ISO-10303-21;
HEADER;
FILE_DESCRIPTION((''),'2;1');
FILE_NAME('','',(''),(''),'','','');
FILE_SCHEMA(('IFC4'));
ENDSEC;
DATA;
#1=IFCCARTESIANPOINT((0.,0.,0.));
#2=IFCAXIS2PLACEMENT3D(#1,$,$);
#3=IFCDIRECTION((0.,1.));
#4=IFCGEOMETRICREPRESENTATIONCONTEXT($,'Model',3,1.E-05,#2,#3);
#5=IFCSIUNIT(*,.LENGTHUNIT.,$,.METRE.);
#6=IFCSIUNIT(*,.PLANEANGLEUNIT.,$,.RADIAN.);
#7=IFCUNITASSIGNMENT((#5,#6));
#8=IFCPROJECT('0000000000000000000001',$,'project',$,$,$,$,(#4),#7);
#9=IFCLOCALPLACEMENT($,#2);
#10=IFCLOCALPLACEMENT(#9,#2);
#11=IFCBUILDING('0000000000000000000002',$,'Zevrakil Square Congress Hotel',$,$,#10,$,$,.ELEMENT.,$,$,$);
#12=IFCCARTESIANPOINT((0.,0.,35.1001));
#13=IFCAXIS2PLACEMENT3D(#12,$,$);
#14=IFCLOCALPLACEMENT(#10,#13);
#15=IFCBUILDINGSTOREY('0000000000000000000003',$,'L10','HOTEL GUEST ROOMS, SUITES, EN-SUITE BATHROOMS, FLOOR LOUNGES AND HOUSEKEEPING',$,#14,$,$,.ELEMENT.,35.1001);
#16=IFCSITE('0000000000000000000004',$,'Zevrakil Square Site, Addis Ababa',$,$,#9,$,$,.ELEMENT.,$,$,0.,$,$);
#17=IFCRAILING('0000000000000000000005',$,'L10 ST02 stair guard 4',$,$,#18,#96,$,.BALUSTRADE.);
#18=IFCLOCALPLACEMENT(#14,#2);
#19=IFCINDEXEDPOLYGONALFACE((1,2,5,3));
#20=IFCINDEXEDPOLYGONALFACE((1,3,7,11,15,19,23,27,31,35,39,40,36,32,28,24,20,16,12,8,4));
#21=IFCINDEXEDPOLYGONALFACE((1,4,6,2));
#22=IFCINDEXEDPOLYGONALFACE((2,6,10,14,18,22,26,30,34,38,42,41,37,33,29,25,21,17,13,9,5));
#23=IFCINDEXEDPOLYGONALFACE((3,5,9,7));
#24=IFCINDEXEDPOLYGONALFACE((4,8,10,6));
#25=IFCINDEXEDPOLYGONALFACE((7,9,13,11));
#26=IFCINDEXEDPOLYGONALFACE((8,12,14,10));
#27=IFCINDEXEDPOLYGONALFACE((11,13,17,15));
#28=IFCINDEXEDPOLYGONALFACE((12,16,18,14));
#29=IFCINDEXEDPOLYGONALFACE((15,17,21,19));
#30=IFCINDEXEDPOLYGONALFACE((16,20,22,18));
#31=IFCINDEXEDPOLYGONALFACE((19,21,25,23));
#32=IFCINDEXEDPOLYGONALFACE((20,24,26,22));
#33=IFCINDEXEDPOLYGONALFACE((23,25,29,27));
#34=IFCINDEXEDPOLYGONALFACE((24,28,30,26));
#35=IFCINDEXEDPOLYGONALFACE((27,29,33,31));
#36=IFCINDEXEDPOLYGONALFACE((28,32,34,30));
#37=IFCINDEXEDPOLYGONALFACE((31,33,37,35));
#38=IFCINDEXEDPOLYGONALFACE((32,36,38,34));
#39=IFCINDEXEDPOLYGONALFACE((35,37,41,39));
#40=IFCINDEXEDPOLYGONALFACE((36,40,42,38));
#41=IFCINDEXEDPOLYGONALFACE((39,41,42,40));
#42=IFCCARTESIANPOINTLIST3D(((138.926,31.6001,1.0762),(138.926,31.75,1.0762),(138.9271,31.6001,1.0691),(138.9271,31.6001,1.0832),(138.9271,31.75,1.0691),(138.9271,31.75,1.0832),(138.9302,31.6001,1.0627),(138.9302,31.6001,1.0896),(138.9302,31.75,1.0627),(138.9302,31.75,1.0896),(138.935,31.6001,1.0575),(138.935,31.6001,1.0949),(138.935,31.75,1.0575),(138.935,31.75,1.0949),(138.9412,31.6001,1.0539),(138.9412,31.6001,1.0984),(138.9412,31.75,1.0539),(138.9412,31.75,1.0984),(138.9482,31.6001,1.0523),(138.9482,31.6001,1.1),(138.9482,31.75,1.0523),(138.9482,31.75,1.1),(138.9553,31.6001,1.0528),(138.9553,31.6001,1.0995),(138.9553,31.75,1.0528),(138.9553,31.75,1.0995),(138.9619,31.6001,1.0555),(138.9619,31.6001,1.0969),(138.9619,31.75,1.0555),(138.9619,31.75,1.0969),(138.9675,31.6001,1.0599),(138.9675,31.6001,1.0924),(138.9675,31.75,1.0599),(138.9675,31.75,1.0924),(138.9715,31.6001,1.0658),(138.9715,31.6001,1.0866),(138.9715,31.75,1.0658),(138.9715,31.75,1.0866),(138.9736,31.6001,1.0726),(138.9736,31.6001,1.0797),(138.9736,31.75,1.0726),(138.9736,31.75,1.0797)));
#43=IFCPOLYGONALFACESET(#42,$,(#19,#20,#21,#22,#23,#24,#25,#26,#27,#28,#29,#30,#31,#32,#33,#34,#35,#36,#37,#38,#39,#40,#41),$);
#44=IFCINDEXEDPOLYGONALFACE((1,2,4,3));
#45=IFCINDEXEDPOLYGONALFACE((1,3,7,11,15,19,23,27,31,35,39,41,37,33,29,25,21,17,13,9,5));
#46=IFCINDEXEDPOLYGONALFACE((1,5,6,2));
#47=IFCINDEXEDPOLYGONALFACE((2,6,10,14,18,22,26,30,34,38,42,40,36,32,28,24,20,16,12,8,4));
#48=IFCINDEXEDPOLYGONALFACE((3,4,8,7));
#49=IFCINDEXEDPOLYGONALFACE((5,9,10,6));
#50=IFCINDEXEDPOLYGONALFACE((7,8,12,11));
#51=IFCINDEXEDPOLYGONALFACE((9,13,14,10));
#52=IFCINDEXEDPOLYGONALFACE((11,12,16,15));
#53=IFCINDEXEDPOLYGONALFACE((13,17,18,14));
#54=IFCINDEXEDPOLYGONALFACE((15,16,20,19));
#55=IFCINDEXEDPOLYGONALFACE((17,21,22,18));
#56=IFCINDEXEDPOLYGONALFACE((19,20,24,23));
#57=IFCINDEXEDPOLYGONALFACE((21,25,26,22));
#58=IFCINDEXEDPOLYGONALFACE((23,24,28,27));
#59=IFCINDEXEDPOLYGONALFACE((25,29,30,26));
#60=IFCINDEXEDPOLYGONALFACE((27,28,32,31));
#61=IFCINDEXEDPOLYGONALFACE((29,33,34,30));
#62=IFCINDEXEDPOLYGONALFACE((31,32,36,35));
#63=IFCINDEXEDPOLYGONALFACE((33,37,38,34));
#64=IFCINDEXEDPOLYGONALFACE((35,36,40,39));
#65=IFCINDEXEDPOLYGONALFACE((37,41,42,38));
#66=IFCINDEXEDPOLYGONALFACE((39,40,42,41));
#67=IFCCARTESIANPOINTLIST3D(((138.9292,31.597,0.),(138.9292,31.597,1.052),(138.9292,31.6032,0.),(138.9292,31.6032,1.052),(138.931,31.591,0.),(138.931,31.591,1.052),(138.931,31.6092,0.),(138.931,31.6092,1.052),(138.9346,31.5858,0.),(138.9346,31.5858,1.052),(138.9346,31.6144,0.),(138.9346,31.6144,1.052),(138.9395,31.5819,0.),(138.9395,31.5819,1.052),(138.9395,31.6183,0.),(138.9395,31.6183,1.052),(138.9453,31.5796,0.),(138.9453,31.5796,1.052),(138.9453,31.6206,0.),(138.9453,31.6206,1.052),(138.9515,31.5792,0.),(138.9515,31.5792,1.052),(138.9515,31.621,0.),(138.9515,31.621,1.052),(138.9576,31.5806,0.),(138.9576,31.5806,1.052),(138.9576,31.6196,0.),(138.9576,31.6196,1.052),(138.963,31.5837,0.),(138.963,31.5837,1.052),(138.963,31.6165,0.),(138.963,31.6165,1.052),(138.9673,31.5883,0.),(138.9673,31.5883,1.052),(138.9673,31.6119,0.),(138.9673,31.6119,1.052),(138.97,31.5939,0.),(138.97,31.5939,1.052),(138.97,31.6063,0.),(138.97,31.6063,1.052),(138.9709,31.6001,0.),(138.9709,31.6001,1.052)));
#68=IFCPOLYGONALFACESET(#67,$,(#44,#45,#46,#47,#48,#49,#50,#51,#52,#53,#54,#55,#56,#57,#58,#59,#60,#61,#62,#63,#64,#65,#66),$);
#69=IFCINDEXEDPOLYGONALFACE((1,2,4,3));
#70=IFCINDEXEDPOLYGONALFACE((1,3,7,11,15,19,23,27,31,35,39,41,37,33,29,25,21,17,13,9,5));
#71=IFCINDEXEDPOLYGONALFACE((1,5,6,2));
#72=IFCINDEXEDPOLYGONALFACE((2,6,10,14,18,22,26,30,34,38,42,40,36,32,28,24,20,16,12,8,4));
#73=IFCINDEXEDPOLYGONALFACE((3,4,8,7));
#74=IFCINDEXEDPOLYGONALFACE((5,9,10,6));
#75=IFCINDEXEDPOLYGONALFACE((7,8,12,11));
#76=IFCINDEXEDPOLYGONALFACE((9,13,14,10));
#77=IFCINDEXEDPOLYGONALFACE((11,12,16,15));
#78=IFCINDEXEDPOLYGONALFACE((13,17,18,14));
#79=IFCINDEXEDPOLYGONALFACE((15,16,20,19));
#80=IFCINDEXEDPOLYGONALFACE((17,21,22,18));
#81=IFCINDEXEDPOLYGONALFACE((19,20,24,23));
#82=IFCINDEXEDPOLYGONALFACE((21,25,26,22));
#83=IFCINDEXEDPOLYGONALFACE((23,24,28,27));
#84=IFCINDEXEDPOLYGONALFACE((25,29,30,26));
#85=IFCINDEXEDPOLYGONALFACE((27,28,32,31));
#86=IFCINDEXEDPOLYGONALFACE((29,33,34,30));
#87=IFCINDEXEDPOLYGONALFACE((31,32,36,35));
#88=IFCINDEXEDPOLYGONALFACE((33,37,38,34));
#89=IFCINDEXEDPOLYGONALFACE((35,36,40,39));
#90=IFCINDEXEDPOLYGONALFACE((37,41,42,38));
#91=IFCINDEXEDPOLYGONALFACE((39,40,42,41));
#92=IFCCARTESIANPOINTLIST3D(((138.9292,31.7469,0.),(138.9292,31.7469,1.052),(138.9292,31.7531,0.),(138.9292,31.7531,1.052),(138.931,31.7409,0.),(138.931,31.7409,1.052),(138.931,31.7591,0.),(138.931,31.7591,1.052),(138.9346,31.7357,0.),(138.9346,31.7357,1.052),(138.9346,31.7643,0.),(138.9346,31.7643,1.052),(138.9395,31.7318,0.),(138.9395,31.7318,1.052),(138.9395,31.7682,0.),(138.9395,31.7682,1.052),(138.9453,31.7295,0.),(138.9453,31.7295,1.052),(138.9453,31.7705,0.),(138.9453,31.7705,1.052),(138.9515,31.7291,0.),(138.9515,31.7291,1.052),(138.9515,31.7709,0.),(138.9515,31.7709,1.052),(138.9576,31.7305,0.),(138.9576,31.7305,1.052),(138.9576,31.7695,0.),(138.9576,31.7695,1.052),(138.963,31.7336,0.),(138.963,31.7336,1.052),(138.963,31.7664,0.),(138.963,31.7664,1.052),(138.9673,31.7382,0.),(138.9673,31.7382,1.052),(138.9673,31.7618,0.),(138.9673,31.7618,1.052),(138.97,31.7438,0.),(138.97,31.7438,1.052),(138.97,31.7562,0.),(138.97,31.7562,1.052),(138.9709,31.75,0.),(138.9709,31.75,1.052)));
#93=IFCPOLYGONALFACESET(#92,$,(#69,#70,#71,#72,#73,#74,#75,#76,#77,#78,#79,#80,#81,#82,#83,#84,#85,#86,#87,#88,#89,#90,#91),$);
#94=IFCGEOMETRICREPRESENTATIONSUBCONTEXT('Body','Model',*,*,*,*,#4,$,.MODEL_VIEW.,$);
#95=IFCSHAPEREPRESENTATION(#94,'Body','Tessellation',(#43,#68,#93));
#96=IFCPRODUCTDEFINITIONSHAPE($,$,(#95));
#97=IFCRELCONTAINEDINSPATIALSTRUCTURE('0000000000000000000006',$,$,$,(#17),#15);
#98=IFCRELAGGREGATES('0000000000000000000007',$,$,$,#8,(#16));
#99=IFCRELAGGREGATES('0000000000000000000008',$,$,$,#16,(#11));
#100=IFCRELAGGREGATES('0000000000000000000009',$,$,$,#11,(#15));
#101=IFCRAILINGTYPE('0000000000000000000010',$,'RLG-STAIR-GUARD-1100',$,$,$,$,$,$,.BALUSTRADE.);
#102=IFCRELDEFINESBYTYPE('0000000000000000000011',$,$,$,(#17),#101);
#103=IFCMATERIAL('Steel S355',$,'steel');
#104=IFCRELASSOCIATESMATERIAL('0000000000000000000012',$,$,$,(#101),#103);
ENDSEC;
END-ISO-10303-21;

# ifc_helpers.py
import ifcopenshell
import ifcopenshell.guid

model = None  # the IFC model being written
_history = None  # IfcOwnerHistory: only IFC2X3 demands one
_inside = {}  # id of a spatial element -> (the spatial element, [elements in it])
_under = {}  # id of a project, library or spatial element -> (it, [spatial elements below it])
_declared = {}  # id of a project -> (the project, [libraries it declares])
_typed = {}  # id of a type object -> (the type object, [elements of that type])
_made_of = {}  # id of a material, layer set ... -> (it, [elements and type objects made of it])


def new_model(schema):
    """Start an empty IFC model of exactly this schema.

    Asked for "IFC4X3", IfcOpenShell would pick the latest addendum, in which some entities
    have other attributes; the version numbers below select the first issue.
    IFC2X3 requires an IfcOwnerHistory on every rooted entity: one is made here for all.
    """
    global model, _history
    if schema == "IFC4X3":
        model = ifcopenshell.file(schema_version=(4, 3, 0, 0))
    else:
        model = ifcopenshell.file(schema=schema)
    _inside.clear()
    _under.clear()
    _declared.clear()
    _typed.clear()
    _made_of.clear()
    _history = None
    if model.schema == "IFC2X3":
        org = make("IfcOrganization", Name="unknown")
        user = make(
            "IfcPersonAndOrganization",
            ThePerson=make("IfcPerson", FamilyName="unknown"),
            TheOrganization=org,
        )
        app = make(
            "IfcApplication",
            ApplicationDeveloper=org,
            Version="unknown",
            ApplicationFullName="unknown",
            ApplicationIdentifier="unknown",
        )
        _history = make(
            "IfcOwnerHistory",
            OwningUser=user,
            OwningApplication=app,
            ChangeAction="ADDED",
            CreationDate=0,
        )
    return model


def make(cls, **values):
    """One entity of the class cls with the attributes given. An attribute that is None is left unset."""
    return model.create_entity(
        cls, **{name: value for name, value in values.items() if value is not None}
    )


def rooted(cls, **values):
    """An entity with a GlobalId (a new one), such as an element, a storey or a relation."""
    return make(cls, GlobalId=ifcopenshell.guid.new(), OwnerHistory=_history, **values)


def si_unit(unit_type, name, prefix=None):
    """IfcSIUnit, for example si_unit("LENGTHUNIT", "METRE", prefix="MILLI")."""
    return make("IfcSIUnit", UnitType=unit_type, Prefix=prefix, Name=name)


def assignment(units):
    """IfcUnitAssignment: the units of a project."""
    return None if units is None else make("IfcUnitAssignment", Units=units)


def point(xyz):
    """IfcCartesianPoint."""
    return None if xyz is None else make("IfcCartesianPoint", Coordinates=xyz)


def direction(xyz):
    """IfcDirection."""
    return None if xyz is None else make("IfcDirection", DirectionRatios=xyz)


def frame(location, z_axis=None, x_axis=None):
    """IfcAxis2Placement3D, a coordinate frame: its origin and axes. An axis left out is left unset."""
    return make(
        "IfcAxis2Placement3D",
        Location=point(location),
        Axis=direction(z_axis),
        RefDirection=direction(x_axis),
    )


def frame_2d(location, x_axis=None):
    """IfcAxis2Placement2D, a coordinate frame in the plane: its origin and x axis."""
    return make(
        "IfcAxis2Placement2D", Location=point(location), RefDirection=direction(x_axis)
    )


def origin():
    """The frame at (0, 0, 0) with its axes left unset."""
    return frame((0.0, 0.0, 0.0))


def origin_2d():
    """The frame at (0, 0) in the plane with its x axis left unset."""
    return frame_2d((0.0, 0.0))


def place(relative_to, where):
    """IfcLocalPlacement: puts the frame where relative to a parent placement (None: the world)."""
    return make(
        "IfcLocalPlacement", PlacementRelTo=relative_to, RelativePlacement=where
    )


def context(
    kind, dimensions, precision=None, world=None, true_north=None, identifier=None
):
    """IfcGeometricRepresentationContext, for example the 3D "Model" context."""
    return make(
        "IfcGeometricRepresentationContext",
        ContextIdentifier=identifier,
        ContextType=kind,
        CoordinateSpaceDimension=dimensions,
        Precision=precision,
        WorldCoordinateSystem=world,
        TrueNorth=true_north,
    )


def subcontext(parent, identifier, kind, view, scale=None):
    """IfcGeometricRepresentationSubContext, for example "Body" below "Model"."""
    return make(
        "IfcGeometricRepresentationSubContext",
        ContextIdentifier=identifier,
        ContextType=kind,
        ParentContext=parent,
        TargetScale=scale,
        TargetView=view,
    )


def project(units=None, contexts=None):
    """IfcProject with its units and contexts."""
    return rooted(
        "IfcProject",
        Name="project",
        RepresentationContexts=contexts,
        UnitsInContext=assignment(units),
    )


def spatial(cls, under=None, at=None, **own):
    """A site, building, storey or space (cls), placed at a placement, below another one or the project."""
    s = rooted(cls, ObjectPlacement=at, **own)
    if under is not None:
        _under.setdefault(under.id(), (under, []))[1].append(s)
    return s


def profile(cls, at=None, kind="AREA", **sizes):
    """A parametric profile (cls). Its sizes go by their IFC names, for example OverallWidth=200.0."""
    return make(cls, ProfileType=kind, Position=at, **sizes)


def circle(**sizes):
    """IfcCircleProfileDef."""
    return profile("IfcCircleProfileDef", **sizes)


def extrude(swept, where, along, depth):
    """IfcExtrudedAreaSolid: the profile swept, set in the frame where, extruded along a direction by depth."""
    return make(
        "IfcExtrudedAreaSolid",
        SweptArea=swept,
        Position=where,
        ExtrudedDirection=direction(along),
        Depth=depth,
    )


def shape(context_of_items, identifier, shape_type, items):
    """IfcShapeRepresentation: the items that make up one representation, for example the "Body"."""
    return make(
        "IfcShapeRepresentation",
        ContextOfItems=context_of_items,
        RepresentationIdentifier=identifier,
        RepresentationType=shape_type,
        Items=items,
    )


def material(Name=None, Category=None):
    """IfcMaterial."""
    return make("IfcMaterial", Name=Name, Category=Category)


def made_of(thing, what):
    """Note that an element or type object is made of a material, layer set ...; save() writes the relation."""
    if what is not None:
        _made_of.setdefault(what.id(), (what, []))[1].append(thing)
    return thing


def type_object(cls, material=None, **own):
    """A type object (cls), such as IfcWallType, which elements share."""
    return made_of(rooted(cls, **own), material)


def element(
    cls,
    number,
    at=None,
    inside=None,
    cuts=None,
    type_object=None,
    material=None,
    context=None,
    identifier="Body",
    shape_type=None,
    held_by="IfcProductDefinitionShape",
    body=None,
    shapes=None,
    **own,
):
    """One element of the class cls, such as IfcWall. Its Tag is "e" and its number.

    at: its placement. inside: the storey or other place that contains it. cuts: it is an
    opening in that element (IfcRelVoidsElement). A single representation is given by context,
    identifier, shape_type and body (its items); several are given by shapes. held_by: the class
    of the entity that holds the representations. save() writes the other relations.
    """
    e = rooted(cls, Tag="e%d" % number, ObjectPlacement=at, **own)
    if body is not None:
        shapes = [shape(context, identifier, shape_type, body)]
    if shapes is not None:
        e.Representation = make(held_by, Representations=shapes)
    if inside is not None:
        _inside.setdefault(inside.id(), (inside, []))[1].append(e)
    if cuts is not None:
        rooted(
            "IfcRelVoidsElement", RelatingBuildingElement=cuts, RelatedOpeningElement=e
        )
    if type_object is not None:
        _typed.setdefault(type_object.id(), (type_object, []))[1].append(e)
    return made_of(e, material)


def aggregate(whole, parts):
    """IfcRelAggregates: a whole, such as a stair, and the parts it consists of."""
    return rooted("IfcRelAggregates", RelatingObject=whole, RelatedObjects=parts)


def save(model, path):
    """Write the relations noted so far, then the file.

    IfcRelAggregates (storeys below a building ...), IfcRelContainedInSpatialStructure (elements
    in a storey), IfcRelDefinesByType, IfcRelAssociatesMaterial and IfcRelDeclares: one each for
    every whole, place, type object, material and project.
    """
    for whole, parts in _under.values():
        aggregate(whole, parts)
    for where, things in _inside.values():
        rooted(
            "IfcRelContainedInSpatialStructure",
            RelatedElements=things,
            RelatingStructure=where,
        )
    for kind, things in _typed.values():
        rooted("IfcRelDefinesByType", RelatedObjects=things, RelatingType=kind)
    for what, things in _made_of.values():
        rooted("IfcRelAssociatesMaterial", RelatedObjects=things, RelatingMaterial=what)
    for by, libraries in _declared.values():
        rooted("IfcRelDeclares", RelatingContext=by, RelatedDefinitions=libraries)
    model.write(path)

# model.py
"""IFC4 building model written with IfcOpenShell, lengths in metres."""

from ifc_helpers import new_model, si_unit, direction, frame, origin, origin_2d, place, context, subcontext, project, spatial, circle, extrude, material, type_object, element, save


model = new_model("IFC4")

# Units and contexts
model_context = context("Model", 3, precision=1e-05, world=origin(), true_north=direction((0.0, 1.0)))
body_context = subcontext(model_context, "Body", "Model", "MODEL_VIEW")
ifc_project = project(units=[si_unit("LENGTHUNIT", "METRE"), si_unit("PLANEANGLEUNIT", "RADIAN")], contexts=[model_context])

# Site, building, storey
site_placement = place(None, origin())
site = spatial("IfcSite", under=ifc_project, at=site_placement, Name="Zevrakil Square Site, Addis Ababa", CompositionType="ELEMENT", RefElevation=0.0)
building_placement = place(site_placement, origin())
building = spatial("IfcBuilding", under=site, at=building_placement, Name="Zevrakil Square Congress Hotel", CompositionType="ELEMENT")
storey_placement = place(building_placement, frame((0.0, 0.0, 35.1001)))
storey = spatial("IfcBuildingStorey", under=building, at=storey_placement, Name="L10", Description="HOTEL GUEST ROOMS, SUITES, EN-SUITE BATHROOMS, FLOOR LOUNGES AND HOUSEKEEPING", CompositionType="ELEMENT", Elevation=35.1001)

# Railing
ifc_material_1 = material(Name="Steel S355", Category="steel")
railing_type_1 = type_object("IfcRailingType", Name="RLG-STAIR-GUARD-1100", PredefinedType="BALUSTRADE", material=ifc_material_1)
railing_1_placement = place(storey_placement, frame((138.95, 31.6001, 0.0)))
element("IfcRailing", 1, at=railing_1_placement, inside=storey, type_object=railing_type_1, Name="L10 ST02 stair guard 4", PredefinedType="BALUSTRADE", context=body_context, shape_type="SweptSolid", body=[
    extrude(circle(Radius=0.0239, at=origin_2d()), frame((0.0, 0.0, 1.0762), z_axis=(0.0, 1.0, 0.0), x_axis=(-1.0, 0.0, 0.0)), (0.0, 0.0, 1.0), 0.1499),
    extrude(circle(Radius=0.021, at=origin_2d()), origin(), (0.0, 0.0, 1.0), 1.052),
    extrude(circle(Radius=0.021, at=origin_2d()), frame((0.0, 0.1499, 0.0)), (0.0, 0.0, 1.0), 1.052),
])

save(model, "model.ifc")
